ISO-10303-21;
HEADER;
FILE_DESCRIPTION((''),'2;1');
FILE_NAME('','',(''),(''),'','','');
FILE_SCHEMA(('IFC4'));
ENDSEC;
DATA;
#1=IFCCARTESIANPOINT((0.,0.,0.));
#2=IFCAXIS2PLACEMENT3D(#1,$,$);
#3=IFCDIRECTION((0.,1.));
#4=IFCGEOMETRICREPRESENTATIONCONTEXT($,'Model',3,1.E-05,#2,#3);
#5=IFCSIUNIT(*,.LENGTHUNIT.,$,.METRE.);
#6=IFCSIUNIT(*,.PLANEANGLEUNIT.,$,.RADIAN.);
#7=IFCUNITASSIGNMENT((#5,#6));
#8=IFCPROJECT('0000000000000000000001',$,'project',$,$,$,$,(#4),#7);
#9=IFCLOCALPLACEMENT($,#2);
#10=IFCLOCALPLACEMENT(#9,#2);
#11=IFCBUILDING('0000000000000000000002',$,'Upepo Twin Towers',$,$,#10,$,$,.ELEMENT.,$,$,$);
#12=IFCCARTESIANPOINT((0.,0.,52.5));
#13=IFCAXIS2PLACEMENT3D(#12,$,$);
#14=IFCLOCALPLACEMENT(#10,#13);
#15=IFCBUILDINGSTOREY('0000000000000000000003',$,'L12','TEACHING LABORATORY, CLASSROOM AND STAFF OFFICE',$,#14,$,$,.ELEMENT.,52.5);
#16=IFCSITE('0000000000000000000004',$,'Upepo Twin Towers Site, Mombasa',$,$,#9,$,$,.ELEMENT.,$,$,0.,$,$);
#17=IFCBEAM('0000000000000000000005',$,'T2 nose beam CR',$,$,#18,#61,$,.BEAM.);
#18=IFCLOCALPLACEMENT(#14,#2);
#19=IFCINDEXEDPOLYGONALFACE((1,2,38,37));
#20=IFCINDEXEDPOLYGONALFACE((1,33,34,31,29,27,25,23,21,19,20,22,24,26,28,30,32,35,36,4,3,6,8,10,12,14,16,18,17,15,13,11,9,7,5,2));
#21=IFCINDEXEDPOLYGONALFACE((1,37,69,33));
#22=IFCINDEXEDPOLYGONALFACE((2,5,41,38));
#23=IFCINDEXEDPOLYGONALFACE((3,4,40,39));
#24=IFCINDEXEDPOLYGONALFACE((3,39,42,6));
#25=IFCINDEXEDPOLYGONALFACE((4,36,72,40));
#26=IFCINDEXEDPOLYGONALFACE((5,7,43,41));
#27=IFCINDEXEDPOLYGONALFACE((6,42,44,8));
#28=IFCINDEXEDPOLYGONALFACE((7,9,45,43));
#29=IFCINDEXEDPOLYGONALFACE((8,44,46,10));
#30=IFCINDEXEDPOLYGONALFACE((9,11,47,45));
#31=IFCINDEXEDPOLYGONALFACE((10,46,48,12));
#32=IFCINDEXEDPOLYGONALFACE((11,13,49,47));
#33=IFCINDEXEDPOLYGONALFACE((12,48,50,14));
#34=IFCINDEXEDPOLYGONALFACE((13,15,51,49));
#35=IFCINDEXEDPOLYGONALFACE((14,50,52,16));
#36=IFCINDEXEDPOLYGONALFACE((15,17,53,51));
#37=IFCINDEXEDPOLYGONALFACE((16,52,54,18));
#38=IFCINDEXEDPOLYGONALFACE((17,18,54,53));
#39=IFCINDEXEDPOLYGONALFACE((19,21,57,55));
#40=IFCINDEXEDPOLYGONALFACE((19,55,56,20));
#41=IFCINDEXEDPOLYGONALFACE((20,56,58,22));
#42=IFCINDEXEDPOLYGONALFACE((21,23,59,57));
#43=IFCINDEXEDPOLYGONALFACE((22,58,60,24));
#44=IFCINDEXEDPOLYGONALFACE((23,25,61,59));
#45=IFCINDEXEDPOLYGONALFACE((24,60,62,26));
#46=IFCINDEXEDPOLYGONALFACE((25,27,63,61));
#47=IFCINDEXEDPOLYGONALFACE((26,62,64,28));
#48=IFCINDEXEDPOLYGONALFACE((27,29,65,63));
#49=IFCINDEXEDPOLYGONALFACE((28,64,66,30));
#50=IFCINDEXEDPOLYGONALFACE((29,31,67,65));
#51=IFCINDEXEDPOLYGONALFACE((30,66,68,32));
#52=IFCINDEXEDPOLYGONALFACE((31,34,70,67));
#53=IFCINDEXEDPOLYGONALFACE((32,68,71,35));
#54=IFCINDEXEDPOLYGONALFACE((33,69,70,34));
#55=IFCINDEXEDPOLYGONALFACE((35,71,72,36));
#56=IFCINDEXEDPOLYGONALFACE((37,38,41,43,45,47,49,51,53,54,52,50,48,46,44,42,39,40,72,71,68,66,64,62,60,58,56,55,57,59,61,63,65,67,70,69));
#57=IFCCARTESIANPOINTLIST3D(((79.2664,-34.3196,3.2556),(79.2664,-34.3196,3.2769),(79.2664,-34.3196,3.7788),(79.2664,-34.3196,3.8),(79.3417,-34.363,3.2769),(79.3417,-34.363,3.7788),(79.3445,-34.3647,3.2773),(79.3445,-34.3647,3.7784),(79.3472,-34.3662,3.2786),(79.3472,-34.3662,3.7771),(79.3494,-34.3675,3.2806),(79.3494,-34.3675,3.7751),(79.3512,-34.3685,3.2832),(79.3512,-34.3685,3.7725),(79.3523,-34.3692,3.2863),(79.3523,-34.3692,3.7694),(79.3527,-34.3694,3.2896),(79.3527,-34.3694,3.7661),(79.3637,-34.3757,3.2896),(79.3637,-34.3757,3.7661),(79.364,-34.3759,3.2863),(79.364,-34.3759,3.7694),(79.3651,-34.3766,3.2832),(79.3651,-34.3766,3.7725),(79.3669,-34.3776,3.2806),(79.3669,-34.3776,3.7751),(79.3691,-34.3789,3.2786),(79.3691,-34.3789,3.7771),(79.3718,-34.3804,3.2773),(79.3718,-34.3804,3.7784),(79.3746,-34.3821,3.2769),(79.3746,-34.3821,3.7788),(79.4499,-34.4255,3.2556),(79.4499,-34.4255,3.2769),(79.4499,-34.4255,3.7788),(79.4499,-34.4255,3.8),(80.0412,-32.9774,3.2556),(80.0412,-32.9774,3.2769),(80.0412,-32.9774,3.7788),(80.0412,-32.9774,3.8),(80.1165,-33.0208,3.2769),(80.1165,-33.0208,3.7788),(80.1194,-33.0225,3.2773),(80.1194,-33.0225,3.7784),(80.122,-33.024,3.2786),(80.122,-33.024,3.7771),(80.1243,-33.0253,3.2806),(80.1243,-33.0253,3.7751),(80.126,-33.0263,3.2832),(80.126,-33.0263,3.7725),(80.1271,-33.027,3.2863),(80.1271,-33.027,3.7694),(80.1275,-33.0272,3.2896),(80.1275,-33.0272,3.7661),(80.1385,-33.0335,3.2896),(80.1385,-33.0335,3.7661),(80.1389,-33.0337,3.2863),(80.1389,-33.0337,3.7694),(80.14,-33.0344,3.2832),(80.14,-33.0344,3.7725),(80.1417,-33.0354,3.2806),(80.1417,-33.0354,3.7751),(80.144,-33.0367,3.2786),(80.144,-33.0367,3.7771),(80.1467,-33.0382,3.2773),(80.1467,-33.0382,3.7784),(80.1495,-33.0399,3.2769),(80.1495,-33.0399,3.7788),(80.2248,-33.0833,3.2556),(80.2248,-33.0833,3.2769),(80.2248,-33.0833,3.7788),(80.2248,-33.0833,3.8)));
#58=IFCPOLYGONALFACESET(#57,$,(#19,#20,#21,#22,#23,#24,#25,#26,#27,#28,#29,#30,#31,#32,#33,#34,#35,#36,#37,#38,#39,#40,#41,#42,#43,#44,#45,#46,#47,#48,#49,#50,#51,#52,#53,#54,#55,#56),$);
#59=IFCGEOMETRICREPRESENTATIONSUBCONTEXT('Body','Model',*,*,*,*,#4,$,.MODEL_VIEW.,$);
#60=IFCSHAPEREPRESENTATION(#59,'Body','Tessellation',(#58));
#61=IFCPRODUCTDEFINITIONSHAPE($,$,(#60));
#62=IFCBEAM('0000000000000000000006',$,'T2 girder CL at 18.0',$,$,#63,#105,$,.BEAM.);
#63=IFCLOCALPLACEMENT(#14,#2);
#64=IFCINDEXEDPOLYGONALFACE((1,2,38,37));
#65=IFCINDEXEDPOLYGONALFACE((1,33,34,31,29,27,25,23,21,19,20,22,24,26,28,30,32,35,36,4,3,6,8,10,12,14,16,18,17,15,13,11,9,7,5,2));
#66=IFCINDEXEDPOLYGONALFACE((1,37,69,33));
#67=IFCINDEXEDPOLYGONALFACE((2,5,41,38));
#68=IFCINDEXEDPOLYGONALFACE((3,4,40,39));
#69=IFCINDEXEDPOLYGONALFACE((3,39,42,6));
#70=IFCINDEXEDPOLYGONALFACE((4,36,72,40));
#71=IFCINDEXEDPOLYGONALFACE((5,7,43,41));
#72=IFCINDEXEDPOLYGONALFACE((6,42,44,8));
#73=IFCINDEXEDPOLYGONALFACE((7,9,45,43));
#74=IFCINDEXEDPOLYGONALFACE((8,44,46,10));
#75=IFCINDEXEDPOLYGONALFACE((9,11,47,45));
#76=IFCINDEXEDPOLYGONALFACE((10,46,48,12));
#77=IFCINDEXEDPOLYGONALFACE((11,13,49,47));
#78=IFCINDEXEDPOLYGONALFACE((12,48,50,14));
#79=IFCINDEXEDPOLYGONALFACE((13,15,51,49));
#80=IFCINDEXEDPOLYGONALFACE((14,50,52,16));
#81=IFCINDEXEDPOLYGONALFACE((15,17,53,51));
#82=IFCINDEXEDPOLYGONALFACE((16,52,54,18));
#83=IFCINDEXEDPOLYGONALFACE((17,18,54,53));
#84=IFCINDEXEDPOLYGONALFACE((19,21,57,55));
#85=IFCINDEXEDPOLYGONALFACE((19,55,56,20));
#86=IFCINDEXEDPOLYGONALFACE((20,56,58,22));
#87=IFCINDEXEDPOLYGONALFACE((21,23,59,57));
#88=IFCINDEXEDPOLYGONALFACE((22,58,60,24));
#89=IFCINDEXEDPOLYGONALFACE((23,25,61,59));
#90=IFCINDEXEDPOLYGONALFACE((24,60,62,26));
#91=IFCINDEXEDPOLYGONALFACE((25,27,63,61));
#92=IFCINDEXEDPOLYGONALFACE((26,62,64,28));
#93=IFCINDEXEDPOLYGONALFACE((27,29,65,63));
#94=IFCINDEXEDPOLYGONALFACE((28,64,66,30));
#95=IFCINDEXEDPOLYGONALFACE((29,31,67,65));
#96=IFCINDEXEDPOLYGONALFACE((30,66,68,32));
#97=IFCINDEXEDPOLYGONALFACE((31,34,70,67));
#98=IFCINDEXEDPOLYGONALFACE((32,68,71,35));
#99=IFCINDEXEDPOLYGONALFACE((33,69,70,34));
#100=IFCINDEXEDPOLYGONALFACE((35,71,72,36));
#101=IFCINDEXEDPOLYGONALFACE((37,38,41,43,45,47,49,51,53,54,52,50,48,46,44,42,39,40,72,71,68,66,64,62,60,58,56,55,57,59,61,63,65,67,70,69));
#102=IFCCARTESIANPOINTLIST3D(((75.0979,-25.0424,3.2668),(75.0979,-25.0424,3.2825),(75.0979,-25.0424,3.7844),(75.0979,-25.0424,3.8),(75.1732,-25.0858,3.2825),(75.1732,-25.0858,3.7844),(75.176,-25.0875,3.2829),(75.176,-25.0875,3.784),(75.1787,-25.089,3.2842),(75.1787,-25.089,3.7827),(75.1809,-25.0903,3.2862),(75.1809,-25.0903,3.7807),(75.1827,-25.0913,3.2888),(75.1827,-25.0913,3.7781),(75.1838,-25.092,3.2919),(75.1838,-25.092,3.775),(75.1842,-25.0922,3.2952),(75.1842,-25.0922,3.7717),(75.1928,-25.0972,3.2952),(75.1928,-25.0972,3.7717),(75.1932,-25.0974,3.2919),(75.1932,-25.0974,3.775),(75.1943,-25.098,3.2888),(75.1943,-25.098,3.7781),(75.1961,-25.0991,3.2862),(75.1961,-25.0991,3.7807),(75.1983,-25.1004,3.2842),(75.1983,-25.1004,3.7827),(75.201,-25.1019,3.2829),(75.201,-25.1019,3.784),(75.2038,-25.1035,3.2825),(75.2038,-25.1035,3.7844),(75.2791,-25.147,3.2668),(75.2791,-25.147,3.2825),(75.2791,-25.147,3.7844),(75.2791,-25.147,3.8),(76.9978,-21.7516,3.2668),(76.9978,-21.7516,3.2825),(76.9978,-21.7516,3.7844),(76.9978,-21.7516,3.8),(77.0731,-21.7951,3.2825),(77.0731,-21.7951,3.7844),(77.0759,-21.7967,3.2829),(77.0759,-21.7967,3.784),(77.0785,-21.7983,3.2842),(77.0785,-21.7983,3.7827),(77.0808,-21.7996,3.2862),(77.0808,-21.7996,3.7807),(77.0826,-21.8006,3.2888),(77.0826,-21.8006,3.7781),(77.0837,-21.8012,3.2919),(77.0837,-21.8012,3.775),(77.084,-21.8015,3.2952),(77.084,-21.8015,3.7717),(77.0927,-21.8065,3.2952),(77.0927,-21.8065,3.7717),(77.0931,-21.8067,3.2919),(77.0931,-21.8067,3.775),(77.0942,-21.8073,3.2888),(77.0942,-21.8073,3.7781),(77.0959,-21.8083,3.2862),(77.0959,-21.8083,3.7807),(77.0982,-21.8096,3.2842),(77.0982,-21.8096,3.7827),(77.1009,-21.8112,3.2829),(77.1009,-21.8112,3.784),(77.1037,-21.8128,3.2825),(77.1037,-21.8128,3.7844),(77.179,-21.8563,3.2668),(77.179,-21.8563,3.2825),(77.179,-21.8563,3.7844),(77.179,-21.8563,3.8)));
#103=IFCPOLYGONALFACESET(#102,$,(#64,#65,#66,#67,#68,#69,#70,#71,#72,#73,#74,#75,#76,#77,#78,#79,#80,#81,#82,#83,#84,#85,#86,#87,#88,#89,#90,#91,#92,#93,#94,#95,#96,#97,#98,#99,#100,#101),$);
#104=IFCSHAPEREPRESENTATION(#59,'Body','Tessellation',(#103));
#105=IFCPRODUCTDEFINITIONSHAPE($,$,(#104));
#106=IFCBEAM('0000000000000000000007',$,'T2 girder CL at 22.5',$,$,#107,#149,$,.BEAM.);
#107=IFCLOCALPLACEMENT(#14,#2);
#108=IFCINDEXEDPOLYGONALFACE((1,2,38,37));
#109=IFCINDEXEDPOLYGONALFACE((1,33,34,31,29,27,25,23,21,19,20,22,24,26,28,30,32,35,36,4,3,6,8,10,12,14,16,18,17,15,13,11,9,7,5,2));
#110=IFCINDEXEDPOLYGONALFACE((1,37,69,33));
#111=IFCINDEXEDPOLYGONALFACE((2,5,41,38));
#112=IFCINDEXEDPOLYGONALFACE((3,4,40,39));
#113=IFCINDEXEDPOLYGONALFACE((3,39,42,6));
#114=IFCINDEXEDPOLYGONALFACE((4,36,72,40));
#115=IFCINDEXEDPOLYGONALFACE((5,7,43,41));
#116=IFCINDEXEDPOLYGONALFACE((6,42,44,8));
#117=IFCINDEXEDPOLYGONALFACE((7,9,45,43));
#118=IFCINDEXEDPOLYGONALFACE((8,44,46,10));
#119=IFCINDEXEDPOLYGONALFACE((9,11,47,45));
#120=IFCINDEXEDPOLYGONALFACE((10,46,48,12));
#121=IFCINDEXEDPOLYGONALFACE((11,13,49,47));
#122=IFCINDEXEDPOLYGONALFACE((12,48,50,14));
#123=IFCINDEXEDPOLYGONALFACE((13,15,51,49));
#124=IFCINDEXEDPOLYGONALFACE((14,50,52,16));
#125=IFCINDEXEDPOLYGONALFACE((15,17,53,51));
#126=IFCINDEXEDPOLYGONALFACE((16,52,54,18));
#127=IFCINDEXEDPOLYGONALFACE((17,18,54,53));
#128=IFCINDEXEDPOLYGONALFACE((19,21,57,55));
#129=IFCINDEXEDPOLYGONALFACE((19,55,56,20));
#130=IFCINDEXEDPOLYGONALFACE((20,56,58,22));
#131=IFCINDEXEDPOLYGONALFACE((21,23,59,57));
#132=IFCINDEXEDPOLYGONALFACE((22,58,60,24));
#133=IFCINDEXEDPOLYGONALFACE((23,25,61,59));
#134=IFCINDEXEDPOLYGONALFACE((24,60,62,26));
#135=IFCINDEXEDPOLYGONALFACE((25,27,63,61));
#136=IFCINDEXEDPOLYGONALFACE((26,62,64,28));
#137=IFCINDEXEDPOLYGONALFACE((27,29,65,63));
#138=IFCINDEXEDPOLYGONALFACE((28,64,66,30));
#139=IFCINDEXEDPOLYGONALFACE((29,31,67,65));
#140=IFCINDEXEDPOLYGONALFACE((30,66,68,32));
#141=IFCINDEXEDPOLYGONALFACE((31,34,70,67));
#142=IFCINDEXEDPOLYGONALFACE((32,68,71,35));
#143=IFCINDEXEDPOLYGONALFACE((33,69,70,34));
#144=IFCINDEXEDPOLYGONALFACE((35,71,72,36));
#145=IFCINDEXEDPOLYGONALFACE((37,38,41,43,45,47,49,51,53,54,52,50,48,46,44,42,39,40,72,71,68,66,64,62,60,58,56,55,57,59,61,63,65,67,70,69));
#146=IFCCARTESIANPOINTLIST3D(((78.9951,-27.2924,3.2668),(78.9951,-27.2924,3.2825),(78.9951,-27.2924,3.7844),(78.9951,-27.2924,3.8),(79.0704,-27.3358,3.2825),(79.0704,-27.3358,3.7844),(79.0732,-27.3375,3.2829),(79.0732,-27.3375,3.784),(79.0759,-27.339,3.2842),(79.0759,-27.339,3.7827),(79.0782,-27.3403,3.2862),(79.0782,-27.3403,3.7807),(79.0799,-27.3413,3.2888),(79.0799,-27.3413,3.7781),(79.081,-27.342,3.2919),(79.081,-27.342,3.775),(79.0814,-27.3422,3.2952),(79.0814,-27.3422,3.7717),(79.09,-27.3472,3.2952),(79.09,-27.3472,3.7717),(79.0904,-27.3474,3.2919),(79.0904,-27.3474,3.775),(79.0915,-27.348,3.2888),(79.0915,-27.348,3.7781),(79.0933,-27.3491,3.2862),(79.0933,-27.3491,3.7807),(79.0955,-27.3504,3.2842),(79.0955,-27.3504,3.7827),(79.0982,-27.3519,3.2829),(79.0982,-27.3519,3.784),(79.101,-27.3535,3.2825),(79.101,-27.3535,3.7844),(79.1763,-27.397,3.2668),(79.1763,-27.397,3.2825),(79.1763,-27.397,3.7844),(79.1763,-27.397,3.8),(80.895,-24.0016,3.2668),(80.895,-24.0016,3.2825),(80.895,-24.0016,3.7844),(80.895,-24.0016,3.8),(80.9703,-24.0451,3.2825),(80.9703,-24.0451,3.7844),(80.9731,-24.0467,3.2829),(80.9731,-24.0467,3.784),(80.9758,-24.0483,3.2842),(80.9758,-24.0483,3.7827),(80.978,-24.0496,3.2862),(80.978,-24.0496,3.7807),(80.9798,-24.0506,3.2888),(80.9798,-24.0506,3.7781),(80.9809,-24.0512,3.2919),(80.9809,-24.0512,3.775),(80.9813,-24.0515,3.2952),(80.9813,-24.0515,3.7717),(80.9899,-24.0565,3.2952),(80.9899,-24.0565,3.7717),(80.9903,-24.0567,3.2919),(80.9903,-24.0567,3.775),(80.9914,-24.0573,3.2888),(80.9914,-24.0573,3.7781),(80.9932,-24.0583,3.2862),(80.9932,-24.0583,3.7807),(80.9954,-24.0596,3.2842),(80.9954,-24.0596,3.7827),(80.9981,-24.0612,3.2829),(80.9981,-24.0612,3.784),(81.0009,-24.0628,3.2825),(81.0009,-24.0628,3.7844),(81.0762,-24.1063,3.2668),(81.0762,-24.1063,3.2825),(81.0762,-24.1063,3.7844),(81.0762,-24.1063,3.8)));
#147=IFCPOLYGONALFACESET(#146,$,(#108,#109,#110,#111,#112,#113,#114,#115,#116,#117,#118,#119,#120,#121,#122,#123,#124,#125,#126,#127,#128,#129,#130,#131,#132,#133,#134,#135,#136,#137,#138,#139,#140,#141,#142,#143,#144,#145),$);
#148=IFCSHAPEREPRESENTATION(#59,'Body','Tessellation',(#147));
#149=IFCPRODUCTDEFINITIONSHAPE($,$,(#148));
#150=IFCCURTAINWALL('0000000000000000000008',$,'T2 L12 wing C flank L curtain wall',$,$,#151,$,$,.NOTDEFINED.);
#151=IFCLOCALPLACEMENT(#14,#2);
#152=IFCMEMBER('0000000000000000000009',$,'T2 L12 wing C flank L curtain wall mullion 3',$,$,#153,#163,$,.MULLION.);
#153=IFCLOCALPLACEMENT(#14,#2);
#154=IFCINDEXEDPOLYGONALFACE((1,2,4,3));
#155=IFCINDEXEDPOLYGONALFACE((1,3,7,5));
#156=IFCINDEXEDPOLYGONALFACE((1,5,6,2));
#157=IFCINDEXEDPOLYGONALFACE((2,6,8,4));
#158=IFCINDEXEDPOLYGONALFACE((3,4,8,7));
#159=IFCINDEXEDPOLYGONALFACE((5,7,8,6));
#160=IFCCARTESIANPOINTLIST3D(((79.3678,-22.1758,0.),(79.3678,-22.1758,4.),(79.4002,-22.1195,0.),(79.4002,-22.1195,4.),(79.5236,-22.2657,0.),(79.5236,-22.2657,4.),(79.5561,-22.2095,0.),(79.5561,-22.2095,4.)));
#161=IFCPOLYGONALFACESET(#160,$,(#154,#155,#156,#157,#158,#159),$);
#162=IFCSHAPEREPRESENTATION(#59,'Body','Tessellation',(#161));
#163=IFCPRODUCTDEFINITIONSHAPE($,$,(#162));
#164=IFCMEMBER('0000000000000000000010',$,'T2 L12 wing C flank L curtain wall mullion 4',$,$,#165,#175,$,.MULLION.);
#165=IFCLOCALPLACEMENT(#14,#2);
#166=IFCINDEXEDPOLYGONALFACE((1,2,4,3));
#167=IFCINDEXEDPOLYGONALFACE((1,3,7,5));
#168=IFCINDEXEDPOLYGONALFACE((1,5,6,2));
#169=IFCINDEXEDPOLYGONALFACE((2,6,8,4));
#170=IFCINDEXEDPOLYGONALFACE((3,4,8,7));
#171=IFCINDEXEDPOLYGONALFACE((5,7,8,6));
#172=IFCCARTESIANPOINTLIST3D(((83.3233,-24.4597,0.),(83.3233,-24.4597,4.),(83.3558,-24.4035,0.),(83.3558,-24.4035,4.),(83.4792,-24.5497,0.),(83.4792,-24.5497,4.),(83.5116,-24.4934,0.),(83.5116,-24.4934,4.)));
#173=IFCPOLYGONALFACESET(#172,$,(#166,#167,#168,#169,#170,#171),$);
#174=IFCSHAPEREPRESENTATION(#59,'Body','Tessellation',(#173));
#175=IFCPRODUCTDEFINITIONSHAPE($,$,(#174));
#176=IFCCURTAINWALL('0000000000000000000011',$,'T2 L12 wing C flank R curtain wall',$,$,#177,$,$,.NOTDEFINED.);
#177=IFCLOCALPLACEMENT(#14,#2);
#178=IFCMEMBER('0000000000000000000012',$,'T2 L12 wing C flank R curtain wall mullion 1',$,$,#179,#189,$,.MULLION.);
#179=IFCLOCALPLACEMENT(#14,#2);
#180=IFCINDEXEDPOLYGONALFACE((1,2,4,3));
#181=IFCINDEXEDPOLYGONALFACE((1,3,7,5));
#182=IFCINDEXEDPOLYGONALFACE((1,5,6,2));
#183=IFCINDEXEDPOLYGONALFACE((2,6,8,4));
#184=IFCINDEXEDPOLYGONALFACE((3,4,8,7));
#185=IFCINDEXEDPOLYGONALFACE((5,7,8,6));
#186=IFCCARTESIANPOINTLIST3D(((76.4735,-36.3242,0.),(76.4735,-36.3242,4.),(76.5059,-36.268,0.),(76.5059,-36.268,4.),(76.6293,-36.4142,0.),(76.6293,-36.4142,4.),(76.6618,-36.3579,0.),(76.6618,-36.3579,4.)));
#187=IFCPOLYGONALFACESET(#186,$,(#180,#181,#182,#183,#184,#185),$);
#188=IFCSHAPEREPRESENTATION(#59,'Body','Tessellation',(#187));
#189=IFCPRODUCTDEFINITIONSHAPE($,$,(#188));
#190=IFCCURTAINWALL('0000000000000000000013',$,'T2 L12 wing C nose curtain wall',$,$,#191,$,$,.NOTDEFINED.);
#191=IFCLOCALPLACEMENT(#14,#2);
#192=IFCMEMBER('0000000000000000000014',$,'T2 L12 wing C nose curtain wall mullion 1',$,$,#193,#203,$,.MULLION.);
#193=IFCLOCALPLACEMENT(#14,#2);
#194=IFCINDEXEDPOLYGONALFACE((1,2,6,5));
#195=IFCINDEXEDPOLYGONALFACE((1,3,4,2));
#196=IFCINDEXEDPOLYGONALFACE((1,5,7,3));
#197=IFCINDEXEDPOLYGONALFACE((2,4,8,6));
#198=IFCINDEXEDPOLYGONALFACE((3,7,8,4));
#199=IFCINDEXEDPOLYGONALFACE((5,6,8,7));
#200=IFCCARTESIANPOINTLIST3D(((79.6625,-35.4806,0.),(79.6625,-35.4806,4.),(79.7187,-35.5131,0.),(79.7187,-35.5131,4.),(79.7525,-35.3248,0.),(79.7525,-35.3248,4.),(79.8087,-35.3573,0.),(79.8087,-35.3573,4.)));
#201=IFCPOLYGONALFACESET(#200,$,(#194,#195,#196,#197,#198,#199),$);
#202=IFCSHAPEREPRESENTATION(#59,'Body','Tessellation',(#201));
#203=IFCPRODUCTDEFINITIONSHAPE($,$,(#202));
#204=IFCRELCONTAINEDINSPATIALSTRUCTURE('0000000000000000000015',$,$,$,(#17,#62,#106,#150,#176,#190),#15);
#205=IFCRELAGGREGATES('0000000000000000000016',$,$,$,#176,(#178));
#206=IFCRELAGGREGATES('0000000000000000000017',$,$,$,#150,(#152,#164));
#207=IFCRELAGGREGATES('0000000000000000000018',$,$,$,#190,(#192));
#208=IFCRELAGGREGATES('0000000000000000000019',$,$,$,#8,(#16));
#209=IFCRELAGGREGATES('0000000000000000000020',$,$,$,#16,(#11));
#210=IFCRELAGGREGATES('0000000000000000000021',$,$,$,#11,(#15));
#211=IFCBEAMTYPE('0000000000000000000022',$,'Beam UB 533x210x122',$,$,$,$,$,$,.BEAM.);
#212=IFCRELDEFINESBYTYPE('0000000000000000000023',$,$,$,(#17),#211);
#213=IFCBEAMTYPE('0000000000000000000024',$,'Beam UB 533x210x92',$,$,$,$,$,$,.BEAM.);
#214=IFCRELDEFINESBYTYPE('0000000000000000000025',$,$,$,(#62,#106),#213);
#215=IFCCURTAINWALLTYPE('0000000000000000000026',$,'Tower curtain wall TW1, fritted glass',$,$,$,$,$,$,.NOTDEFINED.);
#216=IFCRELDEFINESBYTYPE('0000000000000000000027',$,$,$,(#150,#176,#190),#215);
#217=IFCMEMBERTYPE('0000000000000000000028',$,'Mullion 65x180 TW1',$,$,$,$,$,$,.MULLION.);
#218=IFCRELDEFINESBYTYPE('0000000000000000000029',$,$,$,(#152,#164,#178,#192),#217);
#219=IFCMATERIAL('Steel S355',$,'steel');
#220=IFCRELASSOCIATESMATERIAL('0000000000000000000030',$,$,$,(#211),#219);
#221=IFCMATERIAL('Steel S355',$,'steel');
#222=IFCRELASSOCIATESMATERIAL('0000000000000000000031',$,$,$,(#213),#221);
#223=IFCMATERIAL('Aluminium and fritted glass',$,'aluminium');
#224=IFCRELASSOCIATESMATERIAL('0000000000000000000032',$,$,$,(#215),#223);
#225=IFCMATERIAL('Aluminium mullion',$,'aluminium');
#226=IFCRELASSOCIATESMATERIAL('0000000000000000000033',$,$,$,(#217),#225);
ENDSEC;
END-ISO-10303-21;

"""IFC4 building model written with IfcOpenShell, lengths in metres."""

from ifc_helpers import new_model, si_unit, direction, frame, origin, origin_2d, place, context, subcontext, project, spatial, rectangle, i_section, extrude, material, material_profile, profile_set, type_object, element, aggregate, save


model = new_model("IFC4")

# Units and contexts
model_context = context("Model", 3, precision=1e-05, world=origin(), true_north=direction((0.0, 1.0)))
body_context = subcontext(model_context, "Body", "Model", "MODEL_VIEW")
ifc_project = project(units=[si_unit("LENGTHUNIT", "METRE"), si_unit("PLANEANGLEUNIT", "RADIAN")], contexts=[model_context])

# Site, building, storey
site_placement = place(None, origin())
site = spatial("IfcSite", under=ifc_project, at=site_placement, Name="Upepo Twin Towers Site, Mombasa", CompositionType="ELEMENT", RefElevation=0.0)
building_placement = place(site_placement, origin())
building = spatial("IfcBuilding", under=site, at=building_placement, Name="Upepo Twin Towers", CompositionType="ELEMENT")
storey_placement = place(building_placement, frame((0.0, 0.0, 52.5)))
storey = spatial("IfcBuildingStorey", under=building, at=storey_placement, Name="L12", Description="TEACHING LABORATORY, CLASSROOM AND STAFF OFFICE", CompositionType="ELEMENT", Elevation=52.5)

# Beams
ifc_material_1 = material(Name="Steel S355", Category="steel")
ifc_material_profile_1 = material_profile(ifc_material_1, i_section(OverallWidth=0.2119, OverallDepth=0.5444, WebThickness=0.0127, FlangeThickness=0.0212, FilletRadius=0.0127, at=origin_2d()), Name="UB 533x210x122")
ifc_profile_set_1 = profile_set([ifc_material_profile_1], Name="Steel S355")
beam_type_1 = type_object("IfcBeamType", Name="Beam UB 533x210x122", PredefinedType="BEAM", material=ifc_profile_set_1)
for number, where, z_axis, x_axis, name in (
    (1, (79.3582, -34.3726, 3.5278), (0.499968, 0.866044, 0.0), (-0.866044, 0.499968, 0.0), "T2 nose beam CR"),
):
    element("IfcBeam", number, at=place(storey_placement, frame(where, z_axis=z_axis, x_axis=x_axis)), inside=storey, type_object=beam_type_1, Name=name, PredefinedType="BEAM", context=body_context, shape_type="SweptSolid", body=[
        extrude(i_section(OverallWidth=0.2119, OverallDepth=0.5444, WebThickness=0.0127, FlangeThickness=0.0212, FilletRadius=0.0127, at=origin_2d()), origin(), (0.0, 0.0, 1.0), 1.5498),
    ])
ifc_material_2 = material(Name="Steel S355", Category="steel")
ifc_material_profile_2 = material_profile(ifc_material_2, i_section(OverallWidth=0.2092, OverallDepth=0.5332, WebThickness=0.01, FlangeThickness=0.0156, FilletRadius=0.0127, at=origin_2d()), Name="UB 533x210x92")
ifc_profile_set_2 = profile_set([ifc_material_profile_2], Name="Steel S355")
beam_type_2 = type_object("IfcBeamType", Name="Beam UB 533x210x92", PredefinedType="BEAM", material=ifc_profile_set_2)
for number, where, z_axis, x_axis, name in (
    (2, (77.0884, -21.804, 3.5334), (-0.499995, -0.866028, 0.0), (0.866028, -0.499995, 0.0), "T2 girder CL at 18.0"),
    (3, (80.9856, -24.054, 3.5334), (-0.499995, -0.866028, 0.0), (0.866028, -0.499995, 0.0), "T2 girder CL at 22.5"),
):
    element("IfcBeam", number, at=place(storey_placement, frame(where, z_axis=z_axis, x_axis=x_axis)), inside=storey, type_object=beam_type_2, Name=name, PredefinedType="BEAM", context=body_context, shape_type="SweptSolid", body=[
        extrude(i_section(OverallWidth=0.2092, OverallDepth=0.5332, WebThickness=0.01, FlangeThickness=0.0156, FilletRadius=0.0127, at=origin_2d()), origin(), (0.0, 0.0, 1.0), 3.7998),
    ])

# Curtain wall, members
ifc_material_3 = material(Name="Aluminium and fritted glass", Category="aluminium")
curtain_wall_type = type_object("IfcCurtainWallType", Name="Tower curtain wall TW1, fritted glass", PredefinedType="NOTDEFINED", material=ifc_material_3)
curtain_wall_1_placement = place(storey_placement, origin())
curtain_wall_1 = element("IfcCurtainWall", 4, at=curtain_wall_1_placement, inside=storey, type_object=curtain_wall_type, Name="T2 L12 wing C flank L curtain wall", PredefinedType="NOTDEFINED")
ifc_material_4 = material(Name="Aluminium mullion", Category="aluminium")
ifc_material_profile_3 = material_profile(ifc_material_4, rectangle(XDim=0.0649, YDim=0.1799, at=origin_2d()), Name="MULLION 65x180")
ifc_profile_set_3 = profile_set([ifc_material_profile_3], Name="Aluminium mullion")
member_type_1 = type_object("IfcMemberType", Name="Mullion 65x180 TW1", PredefinedType="MULLION", material=ifc_profile_set_3)
member_1_placement = place(storey_placement, frame((79.4619, -22.1926, 0.0), z_axis=(0.0, 0.0, 1.0), x_axis=(0.5, 0.866025, 0.0)))
member_1 = element("IfcMember", 5, at=member_1_placement, type_object=member_type_1, Name="T2 L12 wing C flank L curtain wall mullion 3", PredefinedType="MULLION", context=body_context, shape_type="SweptSolid", body=[
    extrude(rectangle(XDim=0.0649, YDim=0.1799, at=origin_2d()), origin(), (0.0, 0.0, 1.0), 4.0),
])
member_2_placement = place(storey_placement, frame((83.4175, -24.4766, 0.0), z_axis=(0.0, 0.0, 1.0), x_axis=(0.5, 0.866025, 0.0)))
member_2 = element("IfcMember", 6, at=member_2_placement, type_object=member_type_1, Name="T2 L12 wing C flank L curtain wall mullion 4", PredefinedType="MULLION", context=body_context, shape_type="SweptSolid", body=[
    extrude(rectangle(XDim=0.0649, YDim=0.1799, at=origin_2d()), origin(), (0.0, 0.0, 1.0), 4.0),
])

# Curtain wall, member
curtain_wall_2_placement = place(storey_placement, origin())
curtain_wall_2 = element("IfcCurtainWall", 7, at=curtain_wall_2_placement, inside=storey, type_object=curtain_wall_type, Name="T2 L12 wing C flank R curtain wall", PredefinedType="NOTDEFINED")
member_3_placement = place(storey_placement, frame((76.5676, -36.3411, 0.0), z_axis=(0.0, 0.0, 1.0), x_axis=(-0.5, -0.866025, 0.0)))
member_3 = element("IfcMember", 8, at=member_3_placement, type_object=member_type_1, Name="T2 L12 wing C flank R curtain wall mullion 1", PredefinedType="MULLION", context=body_context, shape_type="SweptSolid", body=[
    extrude(rectangle(XDim=0.0649, YDim=0.1799, at=origin_2d()), origin(), (0.0, 0.0, 1.0), 4.0),
])

# Curtain wall, member
curtain_wall_3_placement = place(storey_placement, origin())
curtain_wall_3 = element("IfcCurtainWall", 9, at=curtain_wall_3_placement, inside=storey, type_object=curtain_wall_type, Name="T2 L12 wing C nose curtain wall", PredefinedType="NOTDEFINED")
member_4_placement = place(storey_placement, frame((79.7356, -35.4189, 0.0), z_axis=(0.0, 0.0, 1.0), x_axis=(-0.866025, 0.5, 0.0)))
member_4 = element("IfcMember", 10, at=member_4_placement, type_object=member_type_1, Name="T2 L12 wing C nose curtain wall mullion 1", PredefinedType="MULLION", context=body_context, shape_type="SweptSolid", body=[
    extrude(rectangle(XDim=0.0649, YDim=0.1799, at=origin_2d()), origin(), (0.0, 0.0, 1.0), 4.0),
])

aggregate(curtain_wall_2, [member_3])

aggregate(curtain_wall_1, [member_1, member_2])
aggregate(curtain_wall_3, [member_4])

save(model, "model.ifc")
